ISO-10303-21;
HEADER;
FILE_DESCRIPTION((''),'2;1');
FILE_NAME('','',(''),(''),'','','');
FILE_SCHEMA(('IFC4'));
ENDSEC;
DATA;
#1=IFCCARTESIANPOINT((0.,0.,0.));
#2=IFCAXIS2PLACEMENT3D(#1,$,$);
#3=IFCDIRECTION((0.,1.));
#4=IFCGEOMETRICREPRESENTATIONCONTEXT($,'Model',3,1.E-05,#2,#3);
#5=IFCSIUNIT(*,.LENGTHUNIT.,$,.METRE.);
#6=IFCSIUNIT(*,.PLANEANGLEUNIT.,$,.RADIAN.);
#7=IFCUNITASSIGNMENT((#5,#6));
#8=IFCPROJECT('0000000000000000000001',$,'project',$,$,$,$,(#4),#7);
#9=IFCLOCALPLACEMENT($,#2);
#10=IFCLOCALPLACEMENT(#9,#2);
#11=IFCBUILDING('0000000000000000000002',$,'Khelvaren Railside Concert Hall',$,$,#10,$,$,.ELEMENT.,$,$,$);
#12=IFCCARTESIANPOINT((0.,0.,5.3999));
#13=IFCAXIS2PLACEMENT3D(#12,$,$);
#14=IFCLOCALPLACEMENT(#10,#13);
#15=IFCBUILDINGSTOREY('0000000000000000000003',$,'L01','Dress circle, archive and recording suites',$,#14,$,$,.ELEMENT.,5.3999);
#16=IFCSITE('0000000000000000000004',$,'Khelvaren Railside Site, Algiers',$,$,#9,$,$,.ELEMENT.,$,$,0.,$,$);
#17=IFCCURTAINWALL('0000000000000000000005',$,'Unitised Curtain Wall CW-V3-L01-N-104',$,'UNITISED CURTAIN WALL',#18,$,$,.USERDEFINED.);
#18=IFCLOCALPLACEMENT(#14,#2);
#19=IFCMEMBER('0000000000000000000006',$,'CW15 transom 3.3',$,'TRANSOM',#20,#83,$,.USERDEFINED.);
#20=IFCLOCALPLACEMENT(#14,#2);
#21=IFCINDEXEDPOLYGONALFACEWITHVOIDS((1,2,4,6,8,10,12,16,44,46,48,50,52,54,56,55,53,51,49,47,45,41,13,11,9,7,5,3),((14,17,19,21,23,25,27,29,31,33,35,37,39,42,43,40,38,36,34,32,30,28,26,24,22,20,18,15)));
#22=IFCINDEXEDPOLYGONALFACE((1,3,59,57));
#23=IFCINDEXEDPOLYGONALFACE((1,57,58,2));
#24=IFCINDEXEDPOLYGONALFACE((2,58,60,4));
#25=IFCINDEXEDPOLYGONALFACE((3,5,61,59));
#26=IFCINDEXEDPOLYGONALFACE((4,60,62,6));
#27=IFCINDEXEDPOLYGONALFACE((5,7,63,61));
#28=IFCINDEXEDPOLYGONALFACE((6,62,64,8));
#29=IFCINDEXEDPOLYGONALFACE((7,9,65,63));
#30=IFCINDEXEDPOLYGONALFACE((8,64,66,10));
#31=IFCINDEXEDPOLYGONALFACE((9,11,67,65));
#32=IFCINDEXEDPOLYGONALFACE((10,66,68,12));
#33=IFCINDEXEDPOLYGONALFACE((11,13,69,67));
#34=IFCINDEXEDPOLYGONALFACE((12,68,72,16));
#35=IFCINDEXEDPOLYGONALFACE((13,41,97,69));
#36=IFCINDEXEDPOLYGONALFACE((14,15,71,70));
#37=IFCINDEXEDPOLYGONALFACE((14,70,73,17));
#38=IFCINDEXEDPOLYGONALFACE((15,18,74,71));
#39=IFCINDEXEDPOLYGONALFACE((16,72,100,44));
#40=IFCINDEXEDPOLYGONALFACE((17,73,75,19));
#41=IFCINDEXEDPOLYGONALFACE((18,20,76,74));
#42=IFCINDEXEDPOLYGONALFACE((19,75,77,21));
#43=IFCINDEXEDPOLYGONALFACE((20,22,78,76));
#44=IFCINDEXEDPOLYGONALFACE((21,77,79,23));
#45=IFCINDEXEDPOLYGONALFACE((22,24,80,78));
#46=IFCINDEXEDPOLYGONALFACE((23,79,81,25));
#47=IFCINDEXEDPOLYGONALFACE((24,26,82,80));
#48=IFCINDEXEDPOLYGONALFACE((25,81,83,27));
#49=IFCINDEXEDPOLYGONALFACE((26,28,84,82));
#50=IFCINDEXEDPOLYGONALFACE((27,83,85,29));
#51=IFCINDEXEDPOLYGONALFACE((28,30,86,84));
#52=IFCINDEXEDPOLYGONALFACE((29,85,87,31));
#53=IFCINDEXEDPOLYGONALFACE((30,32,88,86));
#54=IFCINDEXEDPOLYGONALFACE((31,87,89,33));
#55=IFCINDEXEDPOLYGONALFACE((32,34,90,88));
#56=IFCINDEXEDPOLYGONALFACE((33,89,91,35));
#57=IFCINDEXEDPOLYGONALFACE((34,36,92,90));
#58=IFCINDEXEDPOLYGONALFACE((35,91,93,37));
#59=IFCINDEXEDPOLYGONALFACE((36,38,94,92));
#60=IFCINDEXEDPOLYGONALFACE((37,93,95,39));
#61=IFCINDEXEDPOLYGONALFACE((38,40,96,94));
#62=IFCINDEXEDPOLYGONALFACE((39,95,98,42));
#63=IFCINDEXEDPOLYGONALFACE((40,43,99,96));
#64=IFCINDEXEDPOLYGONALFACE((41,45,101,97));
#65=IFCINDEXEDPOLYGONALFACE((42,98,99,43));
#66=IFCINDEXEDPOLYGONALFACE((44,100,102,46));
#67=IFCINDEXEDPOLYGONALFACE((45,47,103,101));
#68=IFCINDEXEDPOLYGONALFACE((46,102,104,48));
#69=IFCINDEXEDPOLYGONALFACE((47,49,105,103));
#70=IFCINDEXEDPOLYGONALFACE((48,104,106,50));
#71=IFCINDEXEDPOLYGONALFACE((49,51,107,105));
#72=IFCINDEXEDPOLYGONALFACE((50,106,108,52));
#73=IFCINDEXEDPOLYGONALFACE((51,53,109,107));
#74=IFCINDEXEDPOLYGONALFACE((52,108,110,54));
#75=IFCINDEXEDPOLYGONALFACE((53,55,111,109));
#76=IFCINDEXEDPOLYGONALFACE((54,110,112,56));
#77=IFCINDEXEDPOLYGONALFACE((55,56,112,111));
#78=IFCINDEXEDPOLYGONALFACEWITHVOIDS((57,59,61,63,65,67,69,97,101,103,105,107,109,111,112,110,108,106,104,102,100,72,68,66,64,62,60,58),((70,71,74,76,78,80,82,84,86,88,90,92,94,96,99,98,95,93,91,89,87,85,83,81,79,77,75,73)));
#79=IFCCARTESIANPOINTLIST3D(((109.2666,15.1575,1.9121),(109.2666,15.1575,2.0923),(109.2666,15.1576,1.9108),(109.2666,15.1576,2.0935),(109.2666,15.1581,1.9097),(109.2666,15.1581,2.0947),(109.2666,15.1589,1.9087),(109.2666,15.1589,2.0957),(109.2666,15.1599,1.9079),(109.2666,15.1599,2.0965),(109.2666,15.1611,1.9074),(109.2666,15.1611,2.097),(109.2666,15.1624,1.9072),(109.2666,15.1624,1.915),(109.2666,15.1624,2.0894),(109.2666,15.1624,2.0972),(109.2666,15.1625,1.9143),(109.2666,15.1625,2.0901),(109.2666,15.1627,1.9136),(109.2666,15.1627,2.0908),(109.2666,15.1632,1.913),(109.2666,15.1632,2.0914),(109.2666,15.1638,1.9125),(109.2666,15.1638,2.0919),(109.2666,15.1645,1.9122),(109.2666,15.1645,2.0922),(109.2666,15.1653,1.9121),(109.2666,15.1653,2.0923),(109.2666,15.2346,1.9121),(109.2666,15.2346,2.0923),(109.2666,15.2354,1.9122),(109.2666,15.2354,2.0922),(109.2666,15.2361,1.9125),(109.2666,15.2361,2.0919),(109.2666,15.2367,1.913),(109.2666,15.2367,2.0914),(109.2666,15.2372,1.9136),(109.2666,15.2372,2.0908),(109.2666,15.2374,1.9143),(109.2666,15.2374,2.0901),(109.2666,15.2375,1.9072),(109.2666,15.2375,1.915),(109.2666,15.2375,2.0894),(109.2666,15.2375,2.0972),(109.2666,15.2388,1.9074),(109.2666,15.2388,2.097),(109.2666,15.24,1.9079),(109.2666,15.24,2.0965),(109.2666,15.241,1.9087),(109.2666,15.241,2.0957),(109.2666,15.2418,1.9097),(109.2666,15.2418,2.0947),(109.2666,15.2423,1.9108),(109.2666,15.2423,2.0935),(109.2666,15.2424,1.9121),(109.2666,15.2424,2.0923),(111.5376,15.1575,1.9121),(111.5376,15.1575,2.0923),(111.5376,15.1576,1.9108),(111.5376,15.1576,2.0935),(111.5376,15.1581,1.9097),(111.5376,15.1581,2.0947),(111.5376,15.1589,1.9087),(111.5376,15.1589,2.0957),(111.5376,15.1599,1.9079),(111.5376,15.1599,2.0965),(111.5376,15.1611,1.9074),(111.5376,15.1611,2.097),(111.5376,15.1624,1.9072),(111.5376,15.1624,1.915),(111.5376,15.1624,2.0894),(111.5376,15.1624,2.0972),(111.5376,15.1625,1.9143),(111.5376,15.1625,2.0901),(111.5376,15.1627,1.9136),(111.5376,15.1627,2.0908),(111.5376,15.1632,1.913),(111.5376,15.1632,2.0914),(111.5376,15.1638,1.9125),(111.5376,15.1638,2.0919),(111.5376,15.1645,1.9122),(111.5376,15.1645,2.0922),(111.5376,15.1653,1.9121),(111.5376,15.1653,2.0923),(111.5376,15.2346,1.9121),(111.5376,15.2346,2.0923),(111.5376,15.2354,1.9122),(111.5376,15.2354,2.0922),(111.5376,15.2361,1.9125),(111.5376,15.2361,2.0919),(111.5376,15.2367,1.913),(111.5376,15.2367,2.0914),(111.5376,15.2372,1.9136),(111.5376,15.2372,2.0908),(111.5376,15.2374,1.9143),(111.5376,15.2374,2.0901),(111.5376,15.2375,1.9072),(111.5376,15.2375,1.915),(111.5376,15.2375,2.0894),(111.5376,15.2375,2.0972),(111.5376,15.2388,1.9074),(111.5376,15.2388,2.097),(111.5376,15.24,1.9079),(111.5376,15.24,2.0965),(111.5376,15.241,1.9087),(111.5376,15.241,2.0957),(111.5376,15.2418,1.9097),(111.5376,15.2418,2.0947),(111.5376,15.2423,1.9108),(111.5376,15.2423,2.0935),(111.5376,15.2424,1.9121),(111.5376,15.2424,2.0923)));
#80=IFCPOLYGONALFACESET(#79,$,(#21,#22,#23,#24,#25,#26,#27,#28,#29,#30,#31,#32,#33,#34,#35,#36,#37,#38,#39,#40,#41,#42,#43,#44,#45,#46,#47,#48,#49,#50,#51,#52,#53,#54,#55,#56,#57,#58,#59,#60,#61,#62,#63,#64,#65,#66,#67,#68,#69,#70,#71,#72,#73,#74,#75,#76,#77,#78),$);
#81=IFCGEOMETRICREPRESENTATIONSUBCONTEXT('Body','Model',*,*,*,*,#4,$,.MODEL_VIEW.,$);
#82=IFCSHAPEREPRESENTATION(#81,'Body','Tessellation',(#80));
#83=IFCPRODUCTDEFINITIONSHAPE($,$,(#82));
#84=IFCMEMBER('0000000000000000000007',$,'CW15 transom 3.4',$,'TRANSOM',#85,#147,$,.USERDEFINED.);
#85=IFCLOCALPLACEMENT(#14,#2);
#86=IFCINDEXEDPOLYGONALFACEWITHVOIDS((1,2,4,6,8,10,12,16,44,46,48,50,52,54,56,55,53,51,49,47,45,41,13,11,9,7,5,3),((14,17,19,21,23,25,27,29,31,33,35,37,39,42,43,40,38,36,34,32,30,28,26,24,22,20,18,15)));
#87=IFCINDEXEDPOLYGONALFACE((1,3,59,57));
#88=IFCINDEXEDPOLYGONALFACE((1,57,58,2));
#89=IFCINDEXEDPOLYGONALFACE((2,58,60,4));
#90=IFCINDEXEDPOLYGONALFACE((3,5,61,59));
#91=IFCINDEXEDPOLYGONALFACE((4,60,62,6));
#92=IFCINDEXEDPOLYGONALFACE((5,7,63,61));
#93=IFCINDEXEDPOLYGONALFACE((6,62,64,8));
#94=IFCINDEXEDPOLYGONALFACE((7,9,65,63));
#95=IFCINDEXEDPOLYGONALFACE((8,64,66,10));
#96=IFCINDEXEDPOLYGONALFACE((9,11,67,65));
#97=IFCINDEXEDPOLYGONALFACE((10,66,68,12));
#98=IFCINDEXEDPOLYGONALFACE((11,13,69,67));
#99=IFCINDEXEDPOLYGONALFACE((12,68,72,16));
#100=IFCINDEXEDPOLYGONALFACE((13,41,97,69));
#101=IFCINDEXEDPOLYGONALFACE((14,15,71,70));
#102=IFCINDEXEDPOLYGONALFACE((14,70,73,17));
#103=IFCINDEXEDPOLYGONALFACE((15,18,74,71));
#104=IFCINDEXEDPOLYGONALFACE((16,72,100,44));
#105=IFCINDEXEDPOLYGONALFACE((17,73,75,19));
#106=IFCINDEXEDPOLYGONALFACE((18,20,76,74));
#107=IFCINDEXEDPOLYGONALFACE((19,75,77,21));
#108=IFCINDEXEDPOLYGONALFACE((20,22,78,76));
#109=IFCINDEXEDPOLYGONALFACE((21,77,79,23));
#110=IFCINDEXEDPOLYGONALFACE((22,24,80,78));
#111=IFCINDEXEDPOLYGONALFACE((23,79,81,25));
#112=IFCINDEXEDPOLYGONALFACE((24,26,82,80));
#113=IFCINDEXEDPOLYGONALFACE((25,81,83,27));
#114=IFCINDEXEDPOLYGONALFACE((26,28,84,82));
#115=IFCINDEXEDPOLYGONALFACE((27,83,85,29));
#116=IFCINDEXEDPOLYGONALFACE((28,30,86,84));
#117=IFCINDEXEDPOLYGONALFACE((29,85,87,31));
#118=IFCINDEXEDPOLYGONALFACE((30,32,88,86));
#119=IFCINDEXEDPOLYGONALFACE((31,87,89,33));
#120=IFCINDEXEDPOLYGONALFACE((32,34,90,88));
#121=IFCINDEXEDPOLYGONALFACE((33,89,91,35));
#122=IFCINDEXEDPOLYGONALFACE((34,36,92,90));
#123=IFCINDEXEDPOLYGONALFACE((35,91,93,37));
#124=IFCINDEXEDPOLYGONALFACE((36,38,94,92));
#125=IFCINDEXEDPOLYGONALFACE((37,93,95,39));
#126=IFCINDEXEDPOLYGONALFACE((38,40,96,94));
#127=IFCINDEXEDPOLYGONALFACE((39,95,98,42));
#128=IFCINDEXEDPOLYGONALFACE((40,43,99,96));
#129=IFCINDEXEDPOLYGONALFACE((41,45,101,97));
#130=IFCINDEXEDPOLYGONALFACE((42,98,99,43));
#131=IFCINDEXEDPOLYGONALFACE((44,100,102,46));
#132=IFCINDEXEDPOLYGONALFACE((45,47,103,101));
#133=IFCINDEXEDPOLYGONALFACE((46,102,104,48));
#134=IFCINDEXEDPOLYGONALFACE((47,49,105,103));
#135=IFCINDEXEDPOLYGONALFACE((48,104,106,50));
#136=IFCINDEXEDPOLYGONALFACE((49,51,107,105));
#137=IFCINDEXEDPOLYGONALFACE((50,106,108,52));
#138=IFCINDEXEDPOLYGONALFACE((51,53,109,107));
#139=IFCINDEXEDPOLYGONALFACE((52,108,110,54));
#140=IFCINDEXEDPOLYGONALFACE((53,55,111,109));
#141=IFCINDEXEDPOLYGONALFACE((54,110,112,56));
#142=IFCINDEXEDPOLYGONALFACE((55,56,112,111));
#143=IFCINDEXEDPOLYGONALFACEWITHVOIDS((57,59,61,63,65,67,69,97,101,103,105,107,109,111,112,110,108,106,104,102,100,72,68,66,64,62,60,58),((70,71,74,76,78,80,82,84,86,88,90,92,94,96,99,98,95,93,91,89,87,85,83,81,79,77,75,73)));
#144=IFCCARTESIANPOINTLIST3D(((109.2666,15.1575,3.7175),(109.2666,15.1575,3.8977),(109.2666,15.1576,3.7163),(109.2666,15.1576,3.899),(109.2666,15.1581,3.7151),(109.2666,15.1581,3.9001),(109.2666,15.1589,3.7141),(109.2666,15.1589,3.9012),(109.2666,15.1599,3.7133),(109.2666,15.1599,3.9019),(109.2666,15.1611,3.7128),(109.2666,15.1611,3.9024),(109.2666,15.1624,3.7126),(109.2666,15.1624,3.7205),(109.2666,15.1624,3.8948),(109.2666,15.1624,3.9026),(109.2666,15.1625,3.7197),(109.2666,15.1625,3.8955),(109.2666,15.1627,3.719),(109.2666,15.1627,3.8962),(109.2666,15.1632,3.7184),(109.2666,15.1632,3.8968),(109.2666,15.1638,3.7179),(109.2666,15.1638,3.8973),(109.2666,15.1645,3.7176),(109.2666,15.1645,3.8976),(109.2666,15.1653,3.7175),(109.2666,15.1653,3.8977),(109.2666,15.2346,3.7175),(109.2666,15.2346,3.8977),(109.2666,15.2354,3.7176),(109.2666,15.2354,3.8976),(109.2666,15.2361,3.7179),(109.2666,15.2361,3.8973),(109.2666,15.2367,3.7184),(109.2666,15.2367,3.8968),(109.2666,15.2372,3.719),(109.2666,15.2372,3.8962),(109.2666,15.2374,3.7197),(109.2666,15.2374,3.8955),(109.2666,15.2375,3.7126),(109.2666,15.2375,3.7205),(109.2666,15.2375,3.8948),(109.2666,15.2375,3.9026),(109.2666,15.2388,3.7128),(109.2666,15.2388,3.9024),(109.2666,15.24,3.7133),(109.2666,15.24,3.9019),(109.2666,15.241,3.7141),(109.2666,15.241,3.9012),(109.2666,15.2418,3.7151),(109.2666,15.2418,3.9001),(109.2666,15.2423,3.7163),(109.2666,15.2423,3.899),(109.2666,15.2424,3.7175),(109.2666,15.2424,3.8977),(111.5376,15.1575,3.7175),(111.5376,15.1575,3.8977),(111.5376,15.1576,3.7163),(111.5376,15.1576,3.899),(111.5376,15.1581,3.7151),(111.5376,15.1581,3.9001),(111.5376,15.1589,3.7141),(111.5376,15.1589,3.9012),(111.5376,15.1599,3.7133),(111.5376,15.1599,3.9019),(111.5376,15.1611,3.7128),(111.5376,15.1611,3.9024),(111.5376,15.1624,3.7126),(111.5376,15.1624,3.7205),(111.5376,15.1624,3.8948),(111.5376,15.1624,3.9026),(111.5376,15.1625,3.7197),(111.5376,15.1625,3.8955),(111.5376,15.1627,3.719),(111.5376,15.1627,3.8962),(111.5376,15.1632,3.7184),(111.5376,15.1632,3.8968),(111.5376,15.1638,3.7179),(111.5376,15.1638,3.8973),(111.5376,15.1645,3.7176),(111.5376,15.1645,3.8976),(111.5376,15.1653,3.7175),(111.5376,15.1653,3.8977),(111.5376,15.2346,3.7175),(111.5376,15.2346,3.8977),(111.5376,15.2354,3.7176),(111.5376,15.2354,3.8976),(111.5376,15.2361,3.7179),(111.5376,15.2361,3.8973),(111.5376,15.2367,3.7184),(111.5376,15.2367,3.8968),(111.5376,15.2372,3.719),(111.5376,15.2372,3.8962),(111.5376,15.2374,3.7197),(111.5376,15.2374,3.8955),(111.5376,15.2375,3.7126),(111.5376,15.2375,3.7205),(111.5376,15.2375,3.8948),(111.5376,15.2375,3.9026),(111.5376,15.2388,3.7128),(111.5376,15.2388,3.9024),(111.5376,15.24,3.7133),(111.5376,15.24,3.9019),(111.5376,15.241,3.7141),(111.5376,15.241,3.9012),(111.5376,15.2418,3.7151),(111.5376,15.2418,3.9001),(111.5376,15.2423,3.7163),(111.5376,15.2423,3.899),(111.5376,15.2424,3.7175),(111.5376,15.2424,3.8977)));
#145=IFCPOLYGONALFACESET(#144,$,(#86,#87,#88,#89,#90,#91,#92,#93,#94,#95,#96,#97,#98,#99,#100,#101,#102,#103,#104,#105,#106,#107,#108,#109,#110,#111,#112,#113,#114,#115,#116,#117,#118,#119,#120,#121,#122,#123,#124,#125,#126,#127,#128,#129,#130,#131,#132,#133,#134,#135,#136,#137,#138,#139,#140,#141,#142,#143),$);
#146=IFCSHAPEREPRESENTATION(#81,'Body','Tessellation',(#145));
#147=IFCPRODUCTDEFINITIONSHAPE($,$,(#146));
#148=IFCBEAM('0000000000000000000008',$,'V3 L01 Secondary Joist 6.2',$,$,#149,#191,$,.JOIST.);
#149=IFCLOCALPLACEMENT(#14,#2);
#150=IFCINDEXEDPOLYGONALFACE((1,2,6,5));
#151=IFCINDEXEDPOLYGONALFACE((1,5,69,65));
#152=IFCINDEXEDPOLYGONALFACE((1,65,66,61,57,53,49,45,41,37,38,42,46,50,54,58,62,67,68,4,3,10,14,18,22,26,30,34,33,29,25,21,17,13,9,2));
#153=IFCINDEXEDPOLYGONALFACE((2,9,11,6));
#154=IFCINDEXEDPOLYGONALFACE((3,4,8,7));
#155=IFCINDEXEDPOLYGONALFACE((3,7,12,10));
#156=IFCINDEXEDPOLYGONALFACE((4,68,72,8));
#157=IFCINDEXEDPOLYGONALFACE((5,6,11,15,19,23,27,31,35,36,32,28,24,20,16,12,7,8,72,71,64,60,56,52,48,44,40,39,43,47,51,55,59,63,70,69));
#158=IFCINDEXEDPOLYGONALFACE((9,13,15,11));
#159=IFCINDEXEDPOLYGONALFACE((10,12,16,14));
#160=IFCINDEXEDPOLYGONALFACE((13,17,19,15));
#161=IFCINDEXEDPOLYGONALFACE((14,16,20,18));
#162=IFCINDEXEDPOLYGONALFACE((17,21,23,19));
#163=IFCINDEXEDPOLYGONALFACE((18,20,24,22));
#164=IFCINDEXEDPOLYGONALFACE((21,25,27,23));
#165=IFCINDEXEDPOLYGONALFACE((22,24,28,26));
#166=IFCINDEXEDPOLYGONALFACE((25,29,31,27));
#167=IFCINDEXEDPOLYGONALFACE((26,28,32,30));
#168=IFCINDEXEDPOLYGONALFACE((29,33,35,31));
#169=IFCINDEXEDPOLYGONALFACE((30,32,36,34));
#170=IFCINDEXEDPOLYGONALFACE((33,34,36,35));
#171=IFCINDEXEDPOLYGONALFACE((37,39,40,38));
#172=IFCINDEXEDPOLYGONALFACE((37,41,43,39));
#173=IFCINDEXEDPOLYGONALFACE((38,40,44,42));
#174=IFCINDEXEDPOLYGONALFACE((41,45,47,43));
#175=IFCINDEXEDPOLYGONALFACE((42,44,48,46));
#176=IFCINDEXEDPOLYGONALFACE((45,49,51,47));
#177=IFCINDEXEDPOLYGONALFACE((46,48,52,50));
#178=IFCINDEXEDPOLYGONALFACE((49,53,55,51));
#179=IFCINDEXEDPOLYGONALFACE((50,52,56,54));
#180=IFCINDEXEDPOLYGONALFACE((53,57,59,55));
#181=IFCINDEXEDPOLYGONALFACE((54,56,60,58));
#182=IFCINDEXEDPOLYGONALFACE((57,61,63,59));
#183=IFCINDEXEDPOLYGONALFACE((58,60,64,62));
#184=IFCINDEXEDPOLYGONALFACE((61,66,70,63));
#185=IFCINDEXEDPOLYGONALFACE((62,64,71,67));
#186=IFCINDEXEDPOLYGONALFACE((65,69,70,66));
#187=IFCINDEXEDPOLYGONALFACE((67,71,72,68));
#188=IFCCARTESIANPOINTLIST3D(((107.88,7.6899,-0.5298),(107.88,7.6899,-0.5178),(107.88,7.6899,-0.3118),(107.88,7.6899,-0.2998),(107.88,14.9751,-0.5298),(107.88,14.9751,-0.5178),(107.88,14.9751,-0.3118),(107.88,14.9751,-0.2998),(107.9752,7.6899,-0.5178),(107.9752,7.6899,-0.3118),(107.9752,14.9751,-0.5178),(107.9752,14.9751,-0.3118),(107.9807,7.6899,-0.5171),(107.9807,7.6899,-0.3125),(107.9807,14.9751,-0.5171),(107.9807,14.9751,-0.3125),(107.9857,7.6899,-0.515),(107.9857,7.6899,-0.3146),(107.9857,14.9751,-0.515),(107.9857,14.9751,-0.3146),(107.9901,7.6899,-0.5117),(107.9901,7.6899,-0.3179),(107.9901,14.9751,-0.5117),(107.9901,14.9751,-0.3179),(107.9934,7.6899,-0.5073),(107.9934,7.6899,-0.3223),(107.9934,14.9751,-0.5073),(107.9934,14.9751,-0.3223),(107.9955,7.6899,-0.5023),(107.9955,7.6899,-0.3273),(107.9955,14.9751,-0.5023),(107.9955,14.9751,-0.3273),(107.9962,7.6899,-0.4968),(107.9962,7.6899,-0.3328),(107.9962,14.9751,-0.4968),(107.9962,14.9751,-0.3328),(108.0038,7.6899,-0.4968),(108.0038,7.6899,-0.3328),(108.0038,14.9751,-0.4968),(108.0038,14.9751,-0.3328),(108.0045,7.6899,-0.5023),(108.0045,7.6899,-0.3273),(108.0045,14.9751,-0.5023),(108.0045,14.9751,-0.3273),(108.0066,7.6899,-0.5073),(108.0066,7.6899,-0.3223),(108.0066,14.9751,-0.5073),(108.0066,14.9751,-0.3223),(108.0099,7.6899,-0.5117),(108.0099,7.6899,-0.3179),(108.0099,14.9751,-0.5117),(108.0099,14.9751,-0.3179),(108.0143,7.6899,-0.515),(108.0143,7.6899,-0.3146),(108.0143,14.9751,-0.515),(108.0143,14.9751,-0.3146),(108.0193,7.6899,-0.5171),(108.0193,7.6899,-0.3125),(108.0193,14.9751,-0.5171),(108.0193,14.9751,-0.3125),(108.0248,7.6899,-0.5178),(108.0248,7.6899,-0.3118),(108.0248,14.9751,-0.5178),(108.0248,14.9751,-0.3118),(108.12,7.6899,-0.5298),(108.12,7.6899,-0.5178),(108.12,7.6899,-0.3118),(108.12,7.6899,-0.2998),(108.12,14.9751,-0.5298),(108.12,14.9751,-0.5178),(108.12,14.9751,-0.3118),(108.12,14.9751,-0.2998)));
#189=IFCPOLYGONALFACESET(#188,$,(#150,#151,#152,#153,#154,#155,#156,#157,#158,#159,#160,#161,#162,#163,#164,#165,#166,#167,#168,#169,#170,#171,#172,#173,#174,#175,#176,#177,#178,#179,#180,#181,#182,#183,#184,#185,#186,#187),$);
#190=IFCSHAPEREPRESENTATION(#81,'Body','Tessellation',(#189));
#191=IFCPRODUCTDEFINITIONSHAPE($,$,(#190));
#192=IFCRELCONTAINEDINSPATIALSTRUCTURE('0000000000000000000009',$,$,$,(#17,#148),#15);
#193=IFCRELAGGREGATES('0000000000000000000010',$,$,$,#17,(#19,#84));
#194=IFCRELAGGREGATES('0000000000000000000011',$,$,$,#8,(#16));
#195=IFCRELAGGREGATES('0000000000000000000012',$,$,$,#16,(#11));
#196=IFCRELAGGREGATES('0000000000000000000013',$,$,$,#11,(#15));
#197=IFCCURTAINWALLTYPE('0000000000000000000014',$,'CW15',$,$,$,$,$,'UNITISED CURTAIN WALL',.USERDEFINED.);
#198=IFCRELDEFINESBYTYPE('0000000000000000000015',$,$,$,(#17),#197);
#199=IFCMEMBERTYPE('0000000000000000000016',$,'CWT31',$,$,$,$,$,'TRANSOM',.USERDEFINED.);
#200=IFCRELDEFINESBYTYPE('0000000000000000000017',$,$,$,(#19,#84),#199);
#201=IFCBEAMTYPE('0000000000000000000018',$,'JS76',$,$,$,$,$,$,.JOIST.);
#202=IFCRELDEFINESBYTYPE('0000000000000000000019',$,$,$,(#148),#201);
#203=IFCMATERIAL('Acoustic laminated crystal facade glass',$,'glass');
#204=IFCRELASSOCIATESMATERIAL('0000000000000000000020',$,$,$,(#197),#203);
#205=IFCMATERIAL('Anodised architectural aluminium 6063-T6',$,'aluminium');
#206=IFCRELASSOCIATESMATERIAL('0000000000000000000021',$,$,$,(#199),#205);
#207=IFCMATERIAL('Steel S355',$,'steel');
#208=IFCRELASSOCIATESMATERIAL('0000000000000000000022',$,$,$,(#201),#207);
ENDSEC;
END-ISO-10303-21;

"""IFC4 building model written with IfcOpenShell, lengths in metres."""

from ifc_helpers import new_model, si_unit, direction, frame, origin, origin_2d, place, context, subcontext, project, spatial, hollow_rectangle, i_section, extrude, material, material_profile, profile_set, type_object, element, aggregate, save


model = new_model("IFC4")

# Units and contexts
model_context = context("Model", 3, precision=1e-05, world=origin(), true_north=direction((0.0, 1.0)))
body_context = subcontext(model_context, "Body", "Model", "MODEL_VIEW")
ifc_project = project(units=[si_unit("LENGTHUNIT", "METRE"), si_unit("PLANEANGLEUNIT", "RADIAN")], contexts=[model_context])

# Site, building, storey
site_placement = place(None, origin())
site = spatial("IfcSite", under=ifc_project, at=site_placement, Name="Khelvaren Railside Site, Algiers", CompositionType="ELEMENT", RefElevation=0.0)
building_placement = place(site_placement, origin())
building = spatial("IfcBuilding", under=site, at=building_placement, Name="Khelvaren Railside Concert Hall", CompositionType="ELEMENT")
storey_placement = place(building_placement, frame((0.0, 0.0, 5.3999)))
storey = spatial("IfcBuildingStorey", under=building, at=storey_placement, Name="L01", Description="Dress circle, archive and recording suites", CompositionType="ELEMENT", Elevation=5.3999)

# Shared definitions
ifc_material_1 = material(Name="Steel S355", Category="steel")

# Curtain wall, members
ifc_material_2 = material(Name="Acoustic laminated crystal facade glass", Category="glass")
curtain_wall_type = type_object("IfcCurtainWallType", Name="CW15", ElementType="UNITISED CURTAIN WALL", PredefinedType="USERDEFINED", material=ifc_material_2)
curtain_wall_placement = place(storey_placement, origin())
curtain_wall = element("IfcCurtainWall", 1, at=curtain_wall_placement, inside=storey, type_object=curtain_wall_type, Name="Unitised Curtain Wall CW-V3-L01-N-104", ObjectType="UNITISED CURTAIN WALL", PredefinedType="USERDEFINED")
ifc_material_3 = material(Name="Anodised architectural aluminium 6063-T6", Category="aluminium")
ifc_material_profile_1 = material_profile(ifc_material_3, hollow_rectangle(XDim=0.085, YDim=0.1899, WallThickness=0.0049, InnerFilletRadius=0.0029, OuterFilletRadius=0.0049, at=origin_2d()), Name="CWT 85x190x5")
ifc_profile_set_1 = profile_set([ifc_material_profile_1], Name="Anodised architectural aluminium 6063-T6")
member_type_1 = type_object("IfcMemberType", Name="CWT31", ElementType="TRANSOM", PredefinedType="USERDEFINED", material=ifc_profile_set_1)
member_1_placement = place(storey_placement, frame((109.2666, 15.2, 2.0022), z_axis=(1.0, 0.0, 0.0), x_axis=(0.0, 1.0, 0.0)))
member_1 = element("IfcMember", 2, at=member_1_placement, type_object=member_type_1, Name="CW15 transom 3.3", ObjectType="TRANSOM", PredefinedType="USERDEFINED", context=body_context, shape_type="SweptSolid", body=[
    extrude(hollow_rectangle(XDim=0.085, YDim=0.1899, WallThickness=0.0049, InnerFilletRadius=0.0029, OuterFilletRadius=0.0049, at=origin_2d()), origin(), (0.0, 0.0, 1.0), 2.271),
])
member_2_placement = place(storey_placement, frame((109.2666, 15.2, 3.8076), z_axis=(1.0, 0.0, 0.0), x_axis=(0.0, 1.0, 0.0)))
member_2 = element("IfcMember", 3, at=member_2_placement, type_object=member_type_1, Name="CW15 transom 3.4", ObjectType="TRANSOM", PredefinedType="USERDEFINED", context=body_context, shape_type="SweptSolid", body=[
    extrude(hollow_rectangle(XDim=0.085, YDim=0.1899, WallThickness=0.0049, InnerFilletRadius=0.0029, OuterFilletRadius=0.0049, at=origin_2d()), origin(), (0.0, 0.0, 1.0), 2.271),
])

# Beam
ifc_material_profile_2 = material_profile(ifc_material_1, i_section(OverallWidth=0.24, OverallDepth=0.23, WebThickness=0.0076, FlangeThickness=0.012, FilletRadius=0.021, at=origin_2d()), Name="HEA 240")
ifc_profile_set_2 = profile_set([ifc_material_profile_2], Name="Steel S355")
beam_type_1 = type_object("IfcBeamType", Name="JS76", PredefinedType="JOIST", material=ifc_profile_set_2)
beam_1_placement = place(storey_placement, frame((108.0, 7.6899, -0.4148), z_axis=(0.0, 1.0, 0.0), x_axis=(-1.0, 0.0, 0.0)))
element("IfcBeam", 4, at=beam_1_placement, inside=storey, type_object=beam_type_1, Name="V3 L01 Secondary Joist 6.2", PredefinedType="JOIST", context=body_context, shape_type="SweptSolid", body=[
    extrude(i_section(OverallWidth=0.24, OverallDepth=0.23, WebThickness=0.0076, FlangeThickness=0.012, FilletRadius=0.021, at=origin_2d()), origin(), (0.0, 0.0, 1.0), 7.2852),
])

aggregate(curtain_wall, [member_1, member_2])

save(model, "model.ifc")
